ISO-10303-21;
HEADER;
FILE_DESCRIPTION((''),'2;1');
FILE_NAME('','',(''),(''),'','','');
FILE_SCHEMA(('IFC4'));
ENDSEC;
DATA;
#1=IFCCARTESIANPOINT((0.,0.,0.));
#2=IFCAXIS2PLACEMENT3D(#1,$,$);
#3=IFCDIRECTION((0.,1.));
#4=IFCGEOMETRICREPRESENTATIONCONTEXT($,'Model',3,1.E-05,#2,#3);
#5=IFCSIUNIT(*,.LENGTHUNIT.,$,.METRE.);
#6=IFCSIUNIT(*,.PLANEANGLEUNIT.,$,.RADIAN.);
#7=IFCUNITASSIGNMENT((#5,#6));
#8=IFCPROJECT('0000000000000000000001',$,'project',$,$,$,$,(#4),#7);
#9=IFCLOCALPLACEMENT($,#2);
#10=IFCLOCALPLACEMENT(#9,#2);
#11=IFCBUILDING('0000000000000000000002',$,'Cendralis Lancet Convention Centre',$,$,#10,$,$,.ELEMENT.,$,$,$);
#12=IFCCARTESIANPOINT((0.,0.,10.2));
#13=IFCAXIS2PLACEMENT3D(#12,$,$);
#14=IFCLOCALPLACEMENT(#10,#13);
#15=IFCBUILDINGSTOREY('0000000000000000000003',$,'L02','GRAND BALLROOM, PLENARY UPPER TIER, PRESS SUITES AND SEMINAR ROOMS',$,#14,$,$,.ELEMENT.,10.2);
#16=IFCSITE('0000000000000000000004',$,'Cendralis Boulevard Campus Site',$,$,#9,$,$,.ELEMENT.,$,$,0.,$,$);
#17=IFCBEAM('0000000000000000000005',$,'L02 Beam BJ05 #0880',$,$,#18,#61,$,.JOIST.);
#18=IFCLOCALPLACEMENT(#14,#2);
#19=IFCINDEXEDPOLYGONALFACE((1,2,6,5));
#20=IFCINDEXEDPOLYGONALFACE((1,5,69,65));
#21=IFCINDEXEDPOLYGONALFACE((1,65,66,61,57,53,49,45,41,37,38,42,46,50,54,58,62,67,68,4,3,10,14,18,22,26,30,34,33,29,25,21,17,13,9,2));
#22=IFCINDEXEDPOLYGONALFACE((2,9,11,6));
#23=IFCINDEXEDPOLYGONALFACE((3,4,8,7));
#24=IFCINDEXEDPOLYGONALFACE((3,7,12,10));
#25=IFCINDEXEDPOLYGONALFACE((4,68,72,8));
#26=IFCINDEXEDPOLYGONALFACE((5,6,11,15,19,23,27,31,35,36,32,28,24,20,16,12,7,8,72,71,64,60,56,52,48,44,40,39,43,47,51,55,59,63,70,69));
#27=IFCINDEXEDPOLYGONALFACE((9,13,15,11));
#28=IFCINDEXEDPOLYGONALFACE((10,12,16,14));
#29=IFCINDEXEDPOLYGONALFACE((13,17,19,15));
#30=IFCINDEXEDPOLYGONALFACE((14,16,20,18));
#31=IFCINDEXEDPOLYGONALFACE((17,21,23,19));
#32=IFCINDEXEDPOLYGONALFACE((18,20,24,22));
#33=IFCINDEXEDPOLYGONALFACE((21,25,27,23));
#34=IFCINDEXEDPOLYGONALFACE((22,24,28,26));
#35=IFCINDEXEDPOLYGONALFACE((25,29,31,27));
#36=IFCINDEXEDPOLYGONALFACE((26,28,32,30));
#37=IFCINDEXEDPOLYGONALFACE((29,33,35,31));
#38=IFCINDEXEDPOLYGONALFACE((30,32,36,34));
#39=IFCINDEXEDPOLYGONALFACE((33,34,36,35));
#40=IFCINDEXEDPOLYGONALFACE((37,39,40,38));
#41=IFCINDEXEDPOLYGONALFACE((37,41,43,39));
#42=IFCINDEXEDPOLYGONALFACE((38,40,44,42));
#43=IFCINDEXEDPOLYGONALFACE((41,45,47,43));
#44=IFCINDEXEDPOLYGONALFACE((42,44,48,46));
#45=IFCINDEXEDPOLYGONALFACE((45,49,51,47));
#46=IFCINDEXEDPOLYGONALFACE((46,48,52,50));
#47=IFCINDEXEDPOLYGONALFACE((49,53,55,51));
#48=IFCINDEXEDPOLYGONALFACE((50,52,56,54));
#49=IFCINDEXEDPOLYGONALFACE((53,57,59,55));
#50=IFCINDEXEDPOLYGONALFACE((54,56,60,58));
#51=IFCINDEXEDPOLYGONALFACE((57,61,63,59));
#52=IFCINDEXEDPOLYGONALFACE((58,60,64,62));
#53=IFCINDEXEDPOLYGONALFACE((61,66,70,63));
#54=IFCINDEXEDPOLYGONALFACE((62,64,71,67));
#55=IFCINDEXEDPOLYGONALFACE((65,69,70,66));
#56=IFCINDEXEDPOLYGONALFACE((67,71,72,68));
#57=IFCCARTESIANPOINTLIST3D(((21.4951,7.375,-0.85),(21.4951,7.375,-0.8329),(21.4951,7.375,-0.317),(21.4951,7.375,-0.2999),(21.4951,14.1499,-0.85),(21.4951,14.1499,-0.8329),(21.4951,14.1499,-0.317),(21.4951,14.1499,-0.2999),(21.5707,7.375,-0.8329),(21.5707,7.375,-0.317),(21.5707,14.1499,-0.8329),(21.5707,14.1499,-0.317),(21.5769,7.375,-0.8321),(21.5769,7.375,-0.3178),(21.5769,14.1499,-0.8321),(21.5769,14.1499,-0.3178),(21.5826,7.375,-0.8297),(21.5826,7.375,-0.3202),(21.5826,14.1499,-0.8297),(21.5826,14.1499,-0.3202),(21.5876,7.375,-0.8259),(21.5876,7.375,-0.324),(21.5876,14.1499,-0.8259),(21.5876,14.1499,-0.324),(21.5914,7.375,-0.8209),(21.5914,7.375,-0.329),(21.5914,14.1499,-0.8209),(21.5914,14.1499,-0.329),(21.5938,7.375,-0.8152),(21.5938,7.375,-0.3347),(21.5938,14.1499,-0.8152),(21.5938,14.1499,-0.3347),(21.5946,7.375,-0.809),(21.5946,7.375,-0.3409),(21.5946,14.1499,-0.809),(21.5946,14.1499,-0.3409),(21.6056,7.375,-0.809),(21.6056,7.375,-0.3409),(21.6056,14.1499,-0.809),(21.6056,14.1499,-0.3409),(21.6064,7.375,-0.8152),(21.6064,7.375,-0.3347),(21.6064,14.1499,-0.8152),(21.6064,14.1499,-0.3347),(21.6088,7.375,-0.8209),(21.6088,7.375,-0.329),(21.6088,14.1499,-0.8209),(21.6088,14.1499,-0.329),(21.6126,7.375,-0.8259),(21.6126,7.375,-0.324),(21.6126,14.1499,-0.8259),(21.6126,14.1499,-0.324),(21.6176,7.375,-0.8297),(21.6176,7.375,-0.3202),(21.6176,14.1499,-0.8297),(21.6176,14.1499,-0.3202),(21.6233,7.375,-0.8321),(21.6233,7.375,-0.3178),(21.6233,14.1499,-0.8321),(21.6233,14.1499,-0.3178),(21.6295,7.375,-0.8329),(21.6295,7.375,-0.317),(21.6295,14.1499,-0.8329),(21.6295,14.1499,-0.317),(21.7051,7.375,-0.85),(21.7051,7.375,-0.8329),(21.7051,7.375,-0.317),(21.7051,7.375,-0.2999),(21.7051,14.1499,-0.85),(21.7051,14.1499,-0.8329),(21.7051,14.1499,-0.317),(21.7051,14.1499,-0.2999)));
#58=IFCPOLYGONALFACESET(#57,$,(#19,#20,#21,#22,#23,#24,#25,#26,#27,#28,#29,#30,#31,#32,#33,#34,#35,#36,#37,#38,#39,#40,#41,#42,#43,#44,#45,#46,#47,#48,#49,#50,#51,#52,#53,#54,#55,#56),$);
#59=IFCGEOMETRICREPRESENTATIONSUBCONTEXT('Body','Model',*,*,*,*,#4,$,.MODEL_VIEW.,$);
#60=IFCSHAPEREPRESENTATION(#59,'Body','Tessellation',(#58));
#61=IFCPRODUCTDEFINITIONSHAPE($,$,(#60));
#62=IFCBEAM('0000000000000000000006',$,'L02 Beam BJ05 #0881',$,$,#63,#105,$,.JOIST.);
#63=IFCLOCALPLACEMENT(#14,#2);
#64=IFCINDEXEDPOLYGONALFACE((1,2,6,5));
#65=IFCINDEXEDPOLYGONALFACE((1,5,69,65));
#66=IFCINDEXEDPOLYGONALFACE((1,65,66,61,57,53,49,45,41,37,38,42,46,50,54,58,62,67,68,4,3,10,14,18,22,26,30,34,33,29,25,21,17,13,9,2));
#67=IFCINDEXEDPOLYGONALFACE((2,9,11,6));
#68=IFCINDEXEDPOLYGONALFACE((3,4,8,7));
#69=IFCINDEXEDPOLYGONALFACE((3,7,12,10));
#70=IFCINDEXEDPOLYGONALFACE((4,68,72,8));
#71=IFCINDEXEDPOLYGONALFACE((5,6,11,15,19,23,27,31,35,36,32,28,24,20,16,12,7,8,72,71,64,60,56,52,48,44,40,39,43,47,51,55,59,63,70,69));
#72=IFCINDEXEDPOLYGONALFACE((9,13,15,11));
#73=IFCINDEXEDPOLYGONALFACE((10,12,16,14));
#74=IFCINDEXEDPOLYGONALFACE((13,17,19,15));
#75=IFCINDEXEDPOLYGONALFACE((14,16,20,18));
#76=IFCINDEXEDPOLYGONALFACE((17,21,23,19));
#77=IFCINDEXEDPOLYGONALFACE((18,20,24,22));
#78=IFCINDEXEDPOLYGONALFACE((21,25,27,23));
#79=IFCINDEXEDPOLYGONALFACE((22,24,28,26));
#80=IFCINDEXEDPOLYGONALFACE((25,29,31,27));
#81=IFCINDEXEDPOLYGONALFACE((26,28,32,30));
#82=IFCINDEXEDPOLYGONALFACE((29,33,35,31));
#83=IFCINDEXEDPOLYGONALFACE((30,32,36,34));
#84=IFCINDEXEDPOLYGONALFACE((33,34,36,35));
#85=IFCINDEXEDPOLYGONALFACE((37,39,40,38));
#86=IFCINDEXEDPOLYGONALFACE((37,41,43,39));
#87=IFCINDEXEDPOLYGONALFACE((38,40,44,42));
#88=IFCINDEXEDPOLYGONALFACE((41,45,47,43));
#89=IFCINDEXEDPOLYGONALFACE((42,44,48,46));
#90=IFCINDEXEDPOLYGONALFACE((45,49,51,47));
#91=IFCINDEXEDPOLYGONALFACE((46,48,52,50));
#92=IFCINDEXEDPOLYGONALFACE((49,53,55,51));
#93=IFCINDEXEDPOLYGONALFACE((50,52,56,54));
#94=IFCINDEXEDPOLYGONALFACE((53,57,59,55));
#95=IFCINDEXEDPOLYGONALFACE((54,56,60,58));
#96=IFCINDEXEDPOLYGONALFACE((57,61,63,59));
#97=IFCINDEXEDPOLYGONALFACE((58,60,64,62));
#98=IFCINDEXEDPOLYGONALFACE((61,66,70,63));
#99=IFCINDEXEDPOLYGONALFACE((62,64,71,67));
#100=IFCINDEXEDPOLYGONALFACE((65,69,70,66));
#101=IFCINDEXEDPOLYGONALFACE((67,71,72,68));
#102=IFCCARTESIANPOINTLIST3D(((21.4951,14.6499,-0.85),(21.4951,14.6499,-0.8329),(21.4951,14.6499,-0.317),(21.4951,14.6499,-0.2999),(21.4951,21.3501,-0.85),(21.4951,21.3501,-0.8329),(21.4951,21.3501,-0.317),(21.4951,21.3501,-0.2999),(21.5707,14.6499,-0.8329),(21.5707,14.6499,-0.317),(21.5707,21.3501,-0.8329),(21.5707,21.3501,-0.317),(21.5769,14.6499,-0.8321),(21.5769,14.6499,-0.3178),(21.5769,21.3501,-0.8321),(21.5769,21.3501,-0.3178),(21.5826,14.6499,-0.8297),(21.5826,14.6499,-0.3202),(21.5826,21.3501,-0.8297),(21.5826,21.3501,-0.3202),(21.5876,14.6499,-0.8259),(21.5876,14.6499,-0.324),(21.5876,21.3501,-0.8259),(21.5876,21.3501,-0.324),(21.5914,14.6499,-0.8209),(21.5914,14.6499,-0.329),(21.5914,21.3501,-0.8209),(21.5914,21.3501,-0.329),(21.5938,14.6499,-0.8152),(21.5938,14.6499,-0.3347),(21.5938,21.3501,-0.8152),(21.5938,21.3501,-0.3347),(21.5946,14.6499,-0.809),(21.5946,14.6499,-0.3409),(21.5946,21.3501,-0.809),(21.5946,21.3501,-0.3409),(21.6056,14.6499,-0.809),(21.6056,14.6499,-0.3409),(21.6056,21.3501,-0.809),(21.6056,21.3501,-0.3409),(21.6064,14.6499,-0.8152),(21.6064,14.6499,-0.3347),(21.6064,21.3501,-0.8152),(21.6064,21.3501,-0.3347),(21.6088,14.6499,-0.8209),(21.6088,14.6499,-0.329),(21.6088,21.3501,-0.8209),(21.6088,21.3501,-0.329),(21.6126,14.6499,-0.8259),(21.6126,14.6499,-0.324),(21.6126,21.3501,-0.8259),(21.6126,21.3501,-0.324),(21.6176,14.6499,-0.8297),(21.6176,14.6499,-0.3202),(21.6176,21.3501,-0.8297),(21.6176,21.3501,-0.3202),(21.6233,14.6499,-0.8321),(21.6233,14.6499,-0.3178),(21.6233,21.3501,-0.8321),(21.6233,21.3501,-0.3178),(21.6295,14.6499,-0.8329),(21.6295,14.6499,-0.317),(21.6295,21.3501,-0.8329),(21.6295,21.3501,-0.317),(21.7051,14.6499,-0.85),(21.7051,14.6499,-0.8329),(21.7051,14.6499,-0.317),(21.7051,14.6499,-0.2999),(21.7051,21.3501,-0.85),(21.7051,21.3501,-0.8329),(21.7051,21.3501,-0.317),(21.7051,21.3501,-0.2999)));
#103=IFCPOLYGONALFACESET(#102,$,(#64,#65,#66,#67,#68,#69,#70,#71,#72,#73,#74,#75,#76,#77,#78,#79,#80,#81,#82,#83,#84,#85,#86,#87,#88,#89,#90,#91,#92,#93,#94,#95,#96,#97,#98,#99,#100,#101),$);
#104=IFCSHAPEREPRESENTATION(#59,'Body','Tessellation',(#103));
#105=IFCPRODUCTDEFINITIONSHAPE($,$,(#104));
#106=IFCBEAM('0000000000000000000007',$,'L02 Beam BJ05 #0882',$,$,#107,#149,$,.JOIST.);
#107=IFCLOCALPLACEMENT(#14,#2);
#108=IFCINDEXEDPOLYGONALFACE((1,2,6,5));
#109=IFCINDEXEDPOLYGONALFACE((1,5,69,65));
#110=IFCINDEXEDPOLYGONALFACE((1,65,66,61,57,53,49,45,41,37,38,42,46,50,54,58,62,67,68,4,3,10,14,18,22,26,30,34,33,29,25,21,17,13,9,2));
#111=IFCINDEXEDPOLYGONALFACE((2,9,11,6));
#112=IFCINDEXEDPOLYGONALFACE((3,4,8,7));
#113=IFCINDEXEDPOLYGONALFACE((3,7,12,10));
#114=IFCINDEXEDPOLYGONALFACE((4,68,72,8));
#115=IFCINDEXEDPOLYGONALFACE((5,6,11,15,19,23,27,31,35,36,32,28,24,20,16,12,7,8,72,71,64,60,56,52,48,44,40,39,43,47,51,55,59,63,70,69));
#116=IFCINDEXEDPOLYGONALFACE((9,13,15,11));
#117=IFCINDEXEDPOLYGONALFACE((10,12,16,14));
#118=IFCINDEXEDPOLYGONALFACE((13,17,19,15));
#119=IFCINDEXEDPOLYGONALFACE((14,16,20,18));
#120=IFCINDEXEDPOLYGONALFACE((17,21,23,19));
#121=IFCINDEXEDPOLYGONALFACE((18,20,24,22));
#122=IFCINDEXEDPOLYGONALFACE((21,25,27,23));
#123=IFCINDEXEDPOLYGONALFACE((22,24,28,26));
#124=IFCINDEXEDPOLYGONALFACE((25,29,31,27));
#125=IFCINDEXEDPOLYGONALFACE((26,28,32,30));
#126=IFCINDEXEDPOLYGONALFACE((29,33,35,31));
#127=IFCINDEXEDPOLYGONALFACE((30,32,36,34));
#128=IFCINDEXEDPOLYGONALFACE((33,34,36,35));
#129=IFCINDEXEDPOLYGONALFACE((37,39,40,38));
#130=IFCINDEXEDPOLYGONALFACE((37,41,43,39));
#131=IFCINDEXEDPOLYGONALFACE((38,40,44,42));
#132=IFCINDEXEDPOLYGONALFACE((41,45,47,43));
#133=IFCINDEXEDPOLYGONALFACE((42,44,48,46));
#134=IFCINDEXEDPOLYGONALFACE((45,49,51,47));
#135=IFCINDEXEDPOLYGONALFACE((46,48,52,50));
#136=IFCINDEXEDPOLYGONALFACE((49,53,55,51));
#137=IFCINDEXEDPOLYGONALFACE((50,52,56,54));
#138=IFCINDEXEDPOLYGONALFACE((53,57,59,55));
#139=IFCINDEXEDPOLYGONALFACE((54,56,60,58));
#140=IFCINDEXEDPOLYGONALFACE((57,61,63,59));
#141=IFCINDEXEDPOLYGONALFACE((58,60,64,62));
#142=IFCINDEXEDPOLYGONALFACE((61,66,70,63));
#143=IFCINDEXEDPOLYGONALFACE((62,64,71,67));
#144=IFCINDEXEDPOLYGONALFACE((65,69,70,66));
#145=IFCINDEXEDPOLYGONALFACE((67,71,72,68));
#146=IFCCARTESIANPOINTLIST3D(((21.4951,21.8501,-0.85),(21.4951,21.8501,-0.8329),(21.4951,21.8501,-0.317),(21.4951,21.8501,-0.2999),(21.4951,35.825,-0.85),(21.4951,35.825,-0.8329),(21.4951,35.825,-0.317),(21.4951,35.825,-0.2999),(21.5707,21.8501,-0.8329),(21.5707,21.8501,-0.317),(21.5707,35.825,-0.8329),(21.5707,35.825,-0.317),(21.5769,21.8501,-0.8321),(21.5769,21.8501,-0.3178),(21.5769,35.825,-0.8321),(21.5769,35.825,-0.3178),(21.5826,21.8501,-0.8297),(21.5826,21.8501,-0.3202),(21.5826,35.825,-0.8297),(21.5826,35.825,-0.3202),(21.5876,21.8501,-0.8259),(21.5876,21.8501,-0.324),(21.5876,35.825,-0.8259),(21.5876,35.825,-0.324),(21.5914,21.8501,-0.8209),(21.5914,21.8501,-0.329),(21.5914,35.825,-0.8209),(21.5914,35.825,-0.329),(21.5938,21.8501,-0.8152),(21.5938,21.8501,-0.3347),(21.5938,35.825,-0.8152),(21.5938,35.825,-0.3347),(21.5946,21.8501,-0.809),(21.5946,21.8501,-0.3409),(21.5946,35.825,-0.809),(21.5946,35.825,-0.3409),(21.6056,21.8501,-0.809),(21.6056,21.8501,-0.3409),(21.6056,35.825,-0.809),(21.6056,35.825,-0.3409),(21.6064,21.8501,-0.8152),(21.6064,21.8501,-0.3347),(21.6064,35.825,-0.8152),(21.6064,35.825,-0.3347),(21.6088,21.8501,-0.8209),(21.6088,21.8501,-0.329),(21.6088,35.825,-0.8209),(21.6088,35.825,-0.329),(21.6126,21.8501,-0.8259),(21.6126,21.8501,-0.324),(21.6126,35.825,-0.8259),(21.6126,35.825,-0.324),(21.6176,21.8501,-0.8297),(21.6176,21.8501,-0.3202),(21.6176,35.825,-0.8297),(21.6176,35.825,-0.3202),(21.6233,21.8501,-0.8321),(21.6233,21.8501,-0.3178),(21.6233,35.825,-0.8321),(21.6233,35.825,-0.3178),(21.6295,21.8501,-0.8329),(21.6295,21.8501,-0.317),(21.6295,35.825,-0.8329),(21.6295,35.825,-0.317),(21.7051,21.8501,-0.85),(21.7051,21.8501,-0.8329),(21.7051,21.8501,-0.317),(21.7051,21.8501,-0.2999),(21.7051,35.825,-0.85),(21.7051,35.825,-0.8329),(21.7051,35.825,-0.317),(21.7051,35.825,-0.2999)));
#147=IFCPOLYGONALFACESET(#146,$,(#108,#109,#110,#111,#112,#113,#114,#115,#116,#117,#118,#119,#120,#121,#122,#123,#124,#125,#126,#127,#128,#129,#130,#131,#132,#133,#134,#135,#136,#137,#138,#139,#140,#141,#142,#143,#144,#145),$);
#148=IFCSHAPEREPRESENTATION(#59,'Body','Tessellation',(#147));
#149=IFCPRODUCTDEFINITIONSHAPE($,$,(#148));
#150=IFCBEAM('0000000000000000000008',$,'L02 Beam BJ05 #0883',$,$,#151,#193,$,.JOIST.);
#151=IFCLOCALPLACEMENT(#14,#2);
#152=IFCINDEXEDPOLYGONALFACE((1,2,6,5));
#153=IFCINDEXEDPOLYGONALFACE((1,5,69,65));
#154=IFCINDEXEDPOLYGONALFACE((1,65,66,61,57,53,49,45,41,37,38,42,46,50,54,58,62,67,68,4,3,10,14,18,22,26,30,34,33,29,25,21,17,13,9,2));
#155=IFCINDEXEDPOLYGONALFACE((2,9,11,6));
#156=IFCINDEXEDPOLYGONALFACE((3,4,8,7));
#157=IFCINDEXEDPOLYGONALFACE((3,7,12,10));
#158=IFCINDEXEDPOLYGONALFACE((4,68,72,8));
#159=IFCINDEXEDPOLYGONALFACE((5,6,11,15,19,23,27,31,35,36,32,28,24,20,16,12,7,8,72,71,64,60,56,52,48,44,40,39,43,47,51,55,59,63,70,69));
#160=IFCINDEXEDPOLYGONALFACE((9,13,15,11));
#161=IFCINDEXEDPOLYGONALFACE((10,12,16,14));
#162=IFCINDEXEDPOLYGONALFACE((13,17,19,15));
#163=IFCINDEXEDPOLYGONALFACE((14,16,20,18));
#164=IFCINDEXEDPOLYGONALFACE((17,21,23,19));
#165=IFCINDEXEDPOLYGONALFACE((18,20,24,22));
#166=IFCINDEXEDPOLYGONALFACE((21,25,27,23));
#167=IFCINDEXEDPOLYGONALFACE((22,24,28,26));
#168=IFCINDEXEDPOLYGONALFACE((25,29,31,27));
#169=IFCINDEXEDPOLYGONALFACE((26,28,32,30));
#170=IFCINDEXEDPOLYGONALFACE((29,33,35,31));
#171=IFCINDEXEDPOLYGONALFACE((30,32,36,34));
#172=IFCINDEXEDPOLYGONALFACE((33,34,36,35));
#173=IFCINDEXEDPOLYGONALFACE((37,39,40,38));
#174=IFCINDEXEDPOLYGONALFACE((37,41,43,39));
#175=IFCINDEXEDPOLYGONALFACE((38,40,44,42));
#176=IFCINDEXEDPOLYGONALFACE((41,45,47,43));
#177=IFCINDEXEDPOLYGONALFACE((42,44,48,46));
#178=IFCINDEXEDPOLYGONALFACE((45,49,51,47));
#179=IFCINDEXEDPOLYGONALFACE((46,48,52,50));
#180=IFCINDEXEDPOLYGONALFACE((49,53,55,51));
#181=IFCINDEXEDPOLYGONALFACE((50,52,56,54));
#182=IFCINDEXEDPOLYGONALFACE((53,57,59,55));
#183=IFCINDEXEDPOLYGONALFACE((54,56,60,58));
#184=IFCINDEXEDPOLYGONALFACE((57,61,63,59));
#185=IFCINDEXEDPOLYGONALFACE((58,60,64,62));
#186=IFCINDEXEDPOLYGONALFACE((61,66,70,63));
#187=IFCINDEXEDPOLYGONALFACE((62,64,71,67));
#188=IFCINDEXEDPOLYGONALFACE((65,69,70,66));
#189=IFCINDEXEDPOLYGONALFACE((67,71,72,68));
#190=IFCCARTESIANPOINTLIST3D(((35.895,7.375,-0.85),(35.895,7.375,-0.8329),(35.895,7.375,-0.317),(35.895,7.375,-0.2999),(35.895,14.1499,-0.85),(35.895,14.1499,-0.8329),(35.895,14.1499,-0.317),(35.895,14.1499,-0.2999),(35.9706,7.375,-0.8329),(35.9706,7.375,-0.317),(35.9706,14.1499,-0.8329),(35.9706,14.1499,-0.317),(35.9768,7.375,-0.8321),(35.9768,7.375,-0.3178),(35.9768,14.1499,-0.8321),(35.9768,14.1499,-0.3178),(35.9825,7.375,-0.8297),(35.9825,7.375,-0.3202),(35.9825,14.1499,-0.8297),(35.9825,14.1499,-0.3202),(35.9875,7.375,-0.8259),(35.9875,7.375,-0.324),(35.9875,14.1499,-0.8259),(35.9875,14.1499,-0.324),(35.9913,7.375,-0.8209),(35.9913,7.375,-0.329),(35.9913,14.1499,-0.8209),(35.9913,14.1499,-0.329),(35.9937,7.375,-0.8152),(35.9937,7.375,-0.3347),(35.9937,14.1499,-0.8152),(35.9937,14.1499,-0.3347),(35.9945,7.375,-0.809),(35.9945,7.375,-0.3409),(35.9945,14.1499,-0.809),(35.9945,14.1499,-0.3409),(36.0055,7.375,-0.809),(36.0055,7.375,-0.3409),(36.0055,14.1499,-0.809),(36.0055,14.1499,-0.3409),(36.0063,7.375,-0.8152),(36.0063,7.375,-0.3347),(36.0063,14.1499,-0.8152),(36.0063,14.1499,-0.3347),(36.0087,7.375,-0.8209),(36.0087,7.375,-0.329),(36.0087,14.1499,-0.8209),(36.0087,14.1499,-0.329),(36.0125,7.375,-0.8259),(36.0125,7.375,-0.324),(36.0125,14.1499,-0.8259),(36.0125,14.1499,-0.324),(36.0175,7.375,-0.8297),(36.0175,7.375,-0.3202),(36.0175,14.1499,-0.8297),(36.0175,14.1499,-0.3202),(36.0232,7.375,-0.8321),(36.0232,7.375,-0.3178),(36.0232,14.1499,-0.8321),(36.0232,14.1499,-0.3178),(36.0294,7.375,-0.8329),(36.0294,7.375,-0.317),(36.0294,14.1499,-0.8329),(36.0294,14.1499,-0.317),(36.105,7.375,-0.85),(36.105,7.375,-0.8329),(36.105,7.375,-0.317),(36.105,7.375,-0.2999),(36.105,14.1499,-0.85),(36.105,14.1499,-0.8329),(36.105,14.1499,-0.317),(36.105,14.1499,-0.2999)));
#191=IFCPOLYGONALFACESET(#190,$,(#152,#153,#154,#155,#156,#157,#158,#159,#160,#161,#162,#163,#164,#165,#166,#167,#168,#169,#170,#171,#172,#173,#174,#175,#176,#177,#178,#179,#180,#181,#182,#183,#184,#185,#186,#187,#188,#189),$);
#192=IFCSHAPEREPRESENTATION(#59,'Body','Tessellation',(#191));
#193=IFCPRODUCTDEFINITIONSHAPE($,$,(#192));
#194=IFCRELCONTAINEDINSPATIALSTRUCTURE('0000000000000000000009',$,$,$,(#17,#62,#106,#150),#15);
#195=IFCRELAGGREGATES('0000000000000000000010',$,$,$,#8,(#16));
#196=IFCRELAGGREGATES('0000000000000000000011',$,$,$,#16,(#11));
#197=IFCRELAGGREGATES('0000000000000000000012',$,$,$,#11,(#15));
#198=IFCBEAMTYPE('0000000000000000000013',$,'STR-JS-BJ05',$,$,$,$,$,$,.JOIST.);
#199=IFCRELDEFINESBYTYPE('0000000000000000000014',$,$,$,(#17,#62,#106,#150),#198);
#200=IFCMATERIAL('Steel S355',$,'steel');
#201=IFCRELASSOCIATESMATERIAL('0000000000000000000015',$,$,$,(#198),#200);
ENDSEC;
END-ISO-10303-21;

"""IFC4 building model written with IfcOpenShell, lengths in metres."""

from ifc_helpers import new_model, si_unit, direction, frame, origin, origin_2d, place, context, subcontext, project, spatial, i_section, extrude, material, material_profile, profile_set, type_object, element, save


model = new_model("IFC4")

# Units and contexts
model_context = context("Model", 3, precision=1e-05, world=origin(), true_north=direction((0.0, 1.0)))
body_context = subcontext(model_context, "Body", "Model", "MODEL_VIEW")
ifc_project = project(units=[si_unit("LENGTHUNIT", "METRE"), si_unit("PLANEANGLEUNIT", "RADIAN")], contexts=[model_context])

# Site, building, storey
site_placement = place(None, origin())
site = spatial("IfcSite", under=ifc_project, at=site_placement, Name="Cendralis Boulevard Campus Site", CompositionType="ELEMENT", RefElevation=0.0)
building_placement = place(site_placement, origin())
building = spatial("IfcBuilding", under=site, at=building_placement, Name="Cendralis Lancet Convention Centre", CompositionType="ELEMENT")
storey_placement = place(building_placement, frame((0.0, 0.0, 10.2)))
storey = spatial("IfcBuildingStorey", under=building, at=storey_placement, Name="L02", Description="GRAND BALLROOM, PLENARY UPPER TIER, PRESS SUITES AND SEMINAR ROOMS", CompositionType="ELEMENT", Elevation=10.2)

# Shared definitions
ifc_material_1 = material(Name="Steel S355", Category="steel")

# Beams
ifc_material_profile_1 = material_profile(ifc_material_1, i_section(OverallWidth=0.21, OverallDepth=0.55, WebThickness=0.011, FlangeThickness=0.0171, FilletRadius=0.0239, at=origin_2d()), Name="IPE 550")
ifc_profile_set_1 = profile_set([ifc_material_profile_1], Name="Steel S355")
beam_type_1 = type_object("IfcBeamType", Name="STR-JS-BJ05", PredefinedType="JOIST", material=ifc_profile_set_1)
beam_1_placement = place(storey_placement, frame((21.6001, 7.375, -0.575), z_axis=(0.0, 1.0, 0.0), x_axis=(-1.0, 0.0, 0.0)))
element("IfcBeam", 1, at=beam_1_placement, inside=storey, type_object=beam_type_1, Name="L02 Beam BJ05 #0880", PredefinedType="JOIST", context=body_context, shape_type="SweptSolid", body=[
    extrude(i_section(OverallWidth=0.21, OverallDepth=0.55, WebThickness=0.011, FlangeThickness=0.0171, FilletRadius=0.0239, at=origin_2d()), origin(), (0.0, 0.0, 1.0), 6.7749),
])
beam_2_placement = place(storey_placement, frame((21.6001, 14.6499, -0.575), z_axis=(0.0, 1.0, 0.0), x_axis=(-1.0, 0.0, 0.0)))
element("IfcBeam", 2, at=beam_2_placement, inside=storey, type_object=beam_type_1, Name="L02 Beam BJ05 #0881", PredefinedType="JOIST", context=body_context, shape_type="SweptSolid", body=[
    extrude(i_section(OverallWidth=0.21, OverallDepth=0.55, WebThickness=0.011, FlangeThickness=0.0171, FilletRadius=0.0239, at=origin_2d()), origin(), (0.0, 0.0, 1.0), 6.7002),
])
beam_3_placement = place(storey_placement, frame((21.6001, 21.8501, -0.575), z_axis=(0.0, 1.0, 0.0), x_axis=(-1.0, 0.0, 0.0)))
element("IfcBeam", 3, at=beam_3_placement, inside=storey, type_object=beam_type_1, Name="L02 Beam BJ05 #0882", PredefinedType="JOIST", context=body_context, shape_type="SweptSolid", body=[
    extrude(i_section(OverallWidth=0.21, OverallDepth=0.55, WebThickness=0.011, FlangeThickness=0.0171, FilletRadius=0.0239, at=origin_2d()), origin(), (0.0, 0.0, 1.0), 13.9749),
])
beam_4_placement = place(storey_placement, frame((36.0, 7.375, -0.575), z_axis=(0.0, 1.0, 0.0), x_axis=(-1.0, 0.0, 0.0)))
element("IfcBeam", 4, at=beam_4_placement, inside=storey, type_object=beam_type_1, Name="L02 Beam BJ05 #0883", PredefinedType="JOIST", context=body_context, shape_type="SweptSolid", body=[
    extrude(i_section(OverallWidth=0.21, OverallDepth=0.55, WebThickness=0.011, FlangeThickness=0.0171, FilletRadius=0.0239, at=origin_2d()), origin(), (0.0, 0.0, 1.0), 6.7749),
])

save(model, "model.ifc")
